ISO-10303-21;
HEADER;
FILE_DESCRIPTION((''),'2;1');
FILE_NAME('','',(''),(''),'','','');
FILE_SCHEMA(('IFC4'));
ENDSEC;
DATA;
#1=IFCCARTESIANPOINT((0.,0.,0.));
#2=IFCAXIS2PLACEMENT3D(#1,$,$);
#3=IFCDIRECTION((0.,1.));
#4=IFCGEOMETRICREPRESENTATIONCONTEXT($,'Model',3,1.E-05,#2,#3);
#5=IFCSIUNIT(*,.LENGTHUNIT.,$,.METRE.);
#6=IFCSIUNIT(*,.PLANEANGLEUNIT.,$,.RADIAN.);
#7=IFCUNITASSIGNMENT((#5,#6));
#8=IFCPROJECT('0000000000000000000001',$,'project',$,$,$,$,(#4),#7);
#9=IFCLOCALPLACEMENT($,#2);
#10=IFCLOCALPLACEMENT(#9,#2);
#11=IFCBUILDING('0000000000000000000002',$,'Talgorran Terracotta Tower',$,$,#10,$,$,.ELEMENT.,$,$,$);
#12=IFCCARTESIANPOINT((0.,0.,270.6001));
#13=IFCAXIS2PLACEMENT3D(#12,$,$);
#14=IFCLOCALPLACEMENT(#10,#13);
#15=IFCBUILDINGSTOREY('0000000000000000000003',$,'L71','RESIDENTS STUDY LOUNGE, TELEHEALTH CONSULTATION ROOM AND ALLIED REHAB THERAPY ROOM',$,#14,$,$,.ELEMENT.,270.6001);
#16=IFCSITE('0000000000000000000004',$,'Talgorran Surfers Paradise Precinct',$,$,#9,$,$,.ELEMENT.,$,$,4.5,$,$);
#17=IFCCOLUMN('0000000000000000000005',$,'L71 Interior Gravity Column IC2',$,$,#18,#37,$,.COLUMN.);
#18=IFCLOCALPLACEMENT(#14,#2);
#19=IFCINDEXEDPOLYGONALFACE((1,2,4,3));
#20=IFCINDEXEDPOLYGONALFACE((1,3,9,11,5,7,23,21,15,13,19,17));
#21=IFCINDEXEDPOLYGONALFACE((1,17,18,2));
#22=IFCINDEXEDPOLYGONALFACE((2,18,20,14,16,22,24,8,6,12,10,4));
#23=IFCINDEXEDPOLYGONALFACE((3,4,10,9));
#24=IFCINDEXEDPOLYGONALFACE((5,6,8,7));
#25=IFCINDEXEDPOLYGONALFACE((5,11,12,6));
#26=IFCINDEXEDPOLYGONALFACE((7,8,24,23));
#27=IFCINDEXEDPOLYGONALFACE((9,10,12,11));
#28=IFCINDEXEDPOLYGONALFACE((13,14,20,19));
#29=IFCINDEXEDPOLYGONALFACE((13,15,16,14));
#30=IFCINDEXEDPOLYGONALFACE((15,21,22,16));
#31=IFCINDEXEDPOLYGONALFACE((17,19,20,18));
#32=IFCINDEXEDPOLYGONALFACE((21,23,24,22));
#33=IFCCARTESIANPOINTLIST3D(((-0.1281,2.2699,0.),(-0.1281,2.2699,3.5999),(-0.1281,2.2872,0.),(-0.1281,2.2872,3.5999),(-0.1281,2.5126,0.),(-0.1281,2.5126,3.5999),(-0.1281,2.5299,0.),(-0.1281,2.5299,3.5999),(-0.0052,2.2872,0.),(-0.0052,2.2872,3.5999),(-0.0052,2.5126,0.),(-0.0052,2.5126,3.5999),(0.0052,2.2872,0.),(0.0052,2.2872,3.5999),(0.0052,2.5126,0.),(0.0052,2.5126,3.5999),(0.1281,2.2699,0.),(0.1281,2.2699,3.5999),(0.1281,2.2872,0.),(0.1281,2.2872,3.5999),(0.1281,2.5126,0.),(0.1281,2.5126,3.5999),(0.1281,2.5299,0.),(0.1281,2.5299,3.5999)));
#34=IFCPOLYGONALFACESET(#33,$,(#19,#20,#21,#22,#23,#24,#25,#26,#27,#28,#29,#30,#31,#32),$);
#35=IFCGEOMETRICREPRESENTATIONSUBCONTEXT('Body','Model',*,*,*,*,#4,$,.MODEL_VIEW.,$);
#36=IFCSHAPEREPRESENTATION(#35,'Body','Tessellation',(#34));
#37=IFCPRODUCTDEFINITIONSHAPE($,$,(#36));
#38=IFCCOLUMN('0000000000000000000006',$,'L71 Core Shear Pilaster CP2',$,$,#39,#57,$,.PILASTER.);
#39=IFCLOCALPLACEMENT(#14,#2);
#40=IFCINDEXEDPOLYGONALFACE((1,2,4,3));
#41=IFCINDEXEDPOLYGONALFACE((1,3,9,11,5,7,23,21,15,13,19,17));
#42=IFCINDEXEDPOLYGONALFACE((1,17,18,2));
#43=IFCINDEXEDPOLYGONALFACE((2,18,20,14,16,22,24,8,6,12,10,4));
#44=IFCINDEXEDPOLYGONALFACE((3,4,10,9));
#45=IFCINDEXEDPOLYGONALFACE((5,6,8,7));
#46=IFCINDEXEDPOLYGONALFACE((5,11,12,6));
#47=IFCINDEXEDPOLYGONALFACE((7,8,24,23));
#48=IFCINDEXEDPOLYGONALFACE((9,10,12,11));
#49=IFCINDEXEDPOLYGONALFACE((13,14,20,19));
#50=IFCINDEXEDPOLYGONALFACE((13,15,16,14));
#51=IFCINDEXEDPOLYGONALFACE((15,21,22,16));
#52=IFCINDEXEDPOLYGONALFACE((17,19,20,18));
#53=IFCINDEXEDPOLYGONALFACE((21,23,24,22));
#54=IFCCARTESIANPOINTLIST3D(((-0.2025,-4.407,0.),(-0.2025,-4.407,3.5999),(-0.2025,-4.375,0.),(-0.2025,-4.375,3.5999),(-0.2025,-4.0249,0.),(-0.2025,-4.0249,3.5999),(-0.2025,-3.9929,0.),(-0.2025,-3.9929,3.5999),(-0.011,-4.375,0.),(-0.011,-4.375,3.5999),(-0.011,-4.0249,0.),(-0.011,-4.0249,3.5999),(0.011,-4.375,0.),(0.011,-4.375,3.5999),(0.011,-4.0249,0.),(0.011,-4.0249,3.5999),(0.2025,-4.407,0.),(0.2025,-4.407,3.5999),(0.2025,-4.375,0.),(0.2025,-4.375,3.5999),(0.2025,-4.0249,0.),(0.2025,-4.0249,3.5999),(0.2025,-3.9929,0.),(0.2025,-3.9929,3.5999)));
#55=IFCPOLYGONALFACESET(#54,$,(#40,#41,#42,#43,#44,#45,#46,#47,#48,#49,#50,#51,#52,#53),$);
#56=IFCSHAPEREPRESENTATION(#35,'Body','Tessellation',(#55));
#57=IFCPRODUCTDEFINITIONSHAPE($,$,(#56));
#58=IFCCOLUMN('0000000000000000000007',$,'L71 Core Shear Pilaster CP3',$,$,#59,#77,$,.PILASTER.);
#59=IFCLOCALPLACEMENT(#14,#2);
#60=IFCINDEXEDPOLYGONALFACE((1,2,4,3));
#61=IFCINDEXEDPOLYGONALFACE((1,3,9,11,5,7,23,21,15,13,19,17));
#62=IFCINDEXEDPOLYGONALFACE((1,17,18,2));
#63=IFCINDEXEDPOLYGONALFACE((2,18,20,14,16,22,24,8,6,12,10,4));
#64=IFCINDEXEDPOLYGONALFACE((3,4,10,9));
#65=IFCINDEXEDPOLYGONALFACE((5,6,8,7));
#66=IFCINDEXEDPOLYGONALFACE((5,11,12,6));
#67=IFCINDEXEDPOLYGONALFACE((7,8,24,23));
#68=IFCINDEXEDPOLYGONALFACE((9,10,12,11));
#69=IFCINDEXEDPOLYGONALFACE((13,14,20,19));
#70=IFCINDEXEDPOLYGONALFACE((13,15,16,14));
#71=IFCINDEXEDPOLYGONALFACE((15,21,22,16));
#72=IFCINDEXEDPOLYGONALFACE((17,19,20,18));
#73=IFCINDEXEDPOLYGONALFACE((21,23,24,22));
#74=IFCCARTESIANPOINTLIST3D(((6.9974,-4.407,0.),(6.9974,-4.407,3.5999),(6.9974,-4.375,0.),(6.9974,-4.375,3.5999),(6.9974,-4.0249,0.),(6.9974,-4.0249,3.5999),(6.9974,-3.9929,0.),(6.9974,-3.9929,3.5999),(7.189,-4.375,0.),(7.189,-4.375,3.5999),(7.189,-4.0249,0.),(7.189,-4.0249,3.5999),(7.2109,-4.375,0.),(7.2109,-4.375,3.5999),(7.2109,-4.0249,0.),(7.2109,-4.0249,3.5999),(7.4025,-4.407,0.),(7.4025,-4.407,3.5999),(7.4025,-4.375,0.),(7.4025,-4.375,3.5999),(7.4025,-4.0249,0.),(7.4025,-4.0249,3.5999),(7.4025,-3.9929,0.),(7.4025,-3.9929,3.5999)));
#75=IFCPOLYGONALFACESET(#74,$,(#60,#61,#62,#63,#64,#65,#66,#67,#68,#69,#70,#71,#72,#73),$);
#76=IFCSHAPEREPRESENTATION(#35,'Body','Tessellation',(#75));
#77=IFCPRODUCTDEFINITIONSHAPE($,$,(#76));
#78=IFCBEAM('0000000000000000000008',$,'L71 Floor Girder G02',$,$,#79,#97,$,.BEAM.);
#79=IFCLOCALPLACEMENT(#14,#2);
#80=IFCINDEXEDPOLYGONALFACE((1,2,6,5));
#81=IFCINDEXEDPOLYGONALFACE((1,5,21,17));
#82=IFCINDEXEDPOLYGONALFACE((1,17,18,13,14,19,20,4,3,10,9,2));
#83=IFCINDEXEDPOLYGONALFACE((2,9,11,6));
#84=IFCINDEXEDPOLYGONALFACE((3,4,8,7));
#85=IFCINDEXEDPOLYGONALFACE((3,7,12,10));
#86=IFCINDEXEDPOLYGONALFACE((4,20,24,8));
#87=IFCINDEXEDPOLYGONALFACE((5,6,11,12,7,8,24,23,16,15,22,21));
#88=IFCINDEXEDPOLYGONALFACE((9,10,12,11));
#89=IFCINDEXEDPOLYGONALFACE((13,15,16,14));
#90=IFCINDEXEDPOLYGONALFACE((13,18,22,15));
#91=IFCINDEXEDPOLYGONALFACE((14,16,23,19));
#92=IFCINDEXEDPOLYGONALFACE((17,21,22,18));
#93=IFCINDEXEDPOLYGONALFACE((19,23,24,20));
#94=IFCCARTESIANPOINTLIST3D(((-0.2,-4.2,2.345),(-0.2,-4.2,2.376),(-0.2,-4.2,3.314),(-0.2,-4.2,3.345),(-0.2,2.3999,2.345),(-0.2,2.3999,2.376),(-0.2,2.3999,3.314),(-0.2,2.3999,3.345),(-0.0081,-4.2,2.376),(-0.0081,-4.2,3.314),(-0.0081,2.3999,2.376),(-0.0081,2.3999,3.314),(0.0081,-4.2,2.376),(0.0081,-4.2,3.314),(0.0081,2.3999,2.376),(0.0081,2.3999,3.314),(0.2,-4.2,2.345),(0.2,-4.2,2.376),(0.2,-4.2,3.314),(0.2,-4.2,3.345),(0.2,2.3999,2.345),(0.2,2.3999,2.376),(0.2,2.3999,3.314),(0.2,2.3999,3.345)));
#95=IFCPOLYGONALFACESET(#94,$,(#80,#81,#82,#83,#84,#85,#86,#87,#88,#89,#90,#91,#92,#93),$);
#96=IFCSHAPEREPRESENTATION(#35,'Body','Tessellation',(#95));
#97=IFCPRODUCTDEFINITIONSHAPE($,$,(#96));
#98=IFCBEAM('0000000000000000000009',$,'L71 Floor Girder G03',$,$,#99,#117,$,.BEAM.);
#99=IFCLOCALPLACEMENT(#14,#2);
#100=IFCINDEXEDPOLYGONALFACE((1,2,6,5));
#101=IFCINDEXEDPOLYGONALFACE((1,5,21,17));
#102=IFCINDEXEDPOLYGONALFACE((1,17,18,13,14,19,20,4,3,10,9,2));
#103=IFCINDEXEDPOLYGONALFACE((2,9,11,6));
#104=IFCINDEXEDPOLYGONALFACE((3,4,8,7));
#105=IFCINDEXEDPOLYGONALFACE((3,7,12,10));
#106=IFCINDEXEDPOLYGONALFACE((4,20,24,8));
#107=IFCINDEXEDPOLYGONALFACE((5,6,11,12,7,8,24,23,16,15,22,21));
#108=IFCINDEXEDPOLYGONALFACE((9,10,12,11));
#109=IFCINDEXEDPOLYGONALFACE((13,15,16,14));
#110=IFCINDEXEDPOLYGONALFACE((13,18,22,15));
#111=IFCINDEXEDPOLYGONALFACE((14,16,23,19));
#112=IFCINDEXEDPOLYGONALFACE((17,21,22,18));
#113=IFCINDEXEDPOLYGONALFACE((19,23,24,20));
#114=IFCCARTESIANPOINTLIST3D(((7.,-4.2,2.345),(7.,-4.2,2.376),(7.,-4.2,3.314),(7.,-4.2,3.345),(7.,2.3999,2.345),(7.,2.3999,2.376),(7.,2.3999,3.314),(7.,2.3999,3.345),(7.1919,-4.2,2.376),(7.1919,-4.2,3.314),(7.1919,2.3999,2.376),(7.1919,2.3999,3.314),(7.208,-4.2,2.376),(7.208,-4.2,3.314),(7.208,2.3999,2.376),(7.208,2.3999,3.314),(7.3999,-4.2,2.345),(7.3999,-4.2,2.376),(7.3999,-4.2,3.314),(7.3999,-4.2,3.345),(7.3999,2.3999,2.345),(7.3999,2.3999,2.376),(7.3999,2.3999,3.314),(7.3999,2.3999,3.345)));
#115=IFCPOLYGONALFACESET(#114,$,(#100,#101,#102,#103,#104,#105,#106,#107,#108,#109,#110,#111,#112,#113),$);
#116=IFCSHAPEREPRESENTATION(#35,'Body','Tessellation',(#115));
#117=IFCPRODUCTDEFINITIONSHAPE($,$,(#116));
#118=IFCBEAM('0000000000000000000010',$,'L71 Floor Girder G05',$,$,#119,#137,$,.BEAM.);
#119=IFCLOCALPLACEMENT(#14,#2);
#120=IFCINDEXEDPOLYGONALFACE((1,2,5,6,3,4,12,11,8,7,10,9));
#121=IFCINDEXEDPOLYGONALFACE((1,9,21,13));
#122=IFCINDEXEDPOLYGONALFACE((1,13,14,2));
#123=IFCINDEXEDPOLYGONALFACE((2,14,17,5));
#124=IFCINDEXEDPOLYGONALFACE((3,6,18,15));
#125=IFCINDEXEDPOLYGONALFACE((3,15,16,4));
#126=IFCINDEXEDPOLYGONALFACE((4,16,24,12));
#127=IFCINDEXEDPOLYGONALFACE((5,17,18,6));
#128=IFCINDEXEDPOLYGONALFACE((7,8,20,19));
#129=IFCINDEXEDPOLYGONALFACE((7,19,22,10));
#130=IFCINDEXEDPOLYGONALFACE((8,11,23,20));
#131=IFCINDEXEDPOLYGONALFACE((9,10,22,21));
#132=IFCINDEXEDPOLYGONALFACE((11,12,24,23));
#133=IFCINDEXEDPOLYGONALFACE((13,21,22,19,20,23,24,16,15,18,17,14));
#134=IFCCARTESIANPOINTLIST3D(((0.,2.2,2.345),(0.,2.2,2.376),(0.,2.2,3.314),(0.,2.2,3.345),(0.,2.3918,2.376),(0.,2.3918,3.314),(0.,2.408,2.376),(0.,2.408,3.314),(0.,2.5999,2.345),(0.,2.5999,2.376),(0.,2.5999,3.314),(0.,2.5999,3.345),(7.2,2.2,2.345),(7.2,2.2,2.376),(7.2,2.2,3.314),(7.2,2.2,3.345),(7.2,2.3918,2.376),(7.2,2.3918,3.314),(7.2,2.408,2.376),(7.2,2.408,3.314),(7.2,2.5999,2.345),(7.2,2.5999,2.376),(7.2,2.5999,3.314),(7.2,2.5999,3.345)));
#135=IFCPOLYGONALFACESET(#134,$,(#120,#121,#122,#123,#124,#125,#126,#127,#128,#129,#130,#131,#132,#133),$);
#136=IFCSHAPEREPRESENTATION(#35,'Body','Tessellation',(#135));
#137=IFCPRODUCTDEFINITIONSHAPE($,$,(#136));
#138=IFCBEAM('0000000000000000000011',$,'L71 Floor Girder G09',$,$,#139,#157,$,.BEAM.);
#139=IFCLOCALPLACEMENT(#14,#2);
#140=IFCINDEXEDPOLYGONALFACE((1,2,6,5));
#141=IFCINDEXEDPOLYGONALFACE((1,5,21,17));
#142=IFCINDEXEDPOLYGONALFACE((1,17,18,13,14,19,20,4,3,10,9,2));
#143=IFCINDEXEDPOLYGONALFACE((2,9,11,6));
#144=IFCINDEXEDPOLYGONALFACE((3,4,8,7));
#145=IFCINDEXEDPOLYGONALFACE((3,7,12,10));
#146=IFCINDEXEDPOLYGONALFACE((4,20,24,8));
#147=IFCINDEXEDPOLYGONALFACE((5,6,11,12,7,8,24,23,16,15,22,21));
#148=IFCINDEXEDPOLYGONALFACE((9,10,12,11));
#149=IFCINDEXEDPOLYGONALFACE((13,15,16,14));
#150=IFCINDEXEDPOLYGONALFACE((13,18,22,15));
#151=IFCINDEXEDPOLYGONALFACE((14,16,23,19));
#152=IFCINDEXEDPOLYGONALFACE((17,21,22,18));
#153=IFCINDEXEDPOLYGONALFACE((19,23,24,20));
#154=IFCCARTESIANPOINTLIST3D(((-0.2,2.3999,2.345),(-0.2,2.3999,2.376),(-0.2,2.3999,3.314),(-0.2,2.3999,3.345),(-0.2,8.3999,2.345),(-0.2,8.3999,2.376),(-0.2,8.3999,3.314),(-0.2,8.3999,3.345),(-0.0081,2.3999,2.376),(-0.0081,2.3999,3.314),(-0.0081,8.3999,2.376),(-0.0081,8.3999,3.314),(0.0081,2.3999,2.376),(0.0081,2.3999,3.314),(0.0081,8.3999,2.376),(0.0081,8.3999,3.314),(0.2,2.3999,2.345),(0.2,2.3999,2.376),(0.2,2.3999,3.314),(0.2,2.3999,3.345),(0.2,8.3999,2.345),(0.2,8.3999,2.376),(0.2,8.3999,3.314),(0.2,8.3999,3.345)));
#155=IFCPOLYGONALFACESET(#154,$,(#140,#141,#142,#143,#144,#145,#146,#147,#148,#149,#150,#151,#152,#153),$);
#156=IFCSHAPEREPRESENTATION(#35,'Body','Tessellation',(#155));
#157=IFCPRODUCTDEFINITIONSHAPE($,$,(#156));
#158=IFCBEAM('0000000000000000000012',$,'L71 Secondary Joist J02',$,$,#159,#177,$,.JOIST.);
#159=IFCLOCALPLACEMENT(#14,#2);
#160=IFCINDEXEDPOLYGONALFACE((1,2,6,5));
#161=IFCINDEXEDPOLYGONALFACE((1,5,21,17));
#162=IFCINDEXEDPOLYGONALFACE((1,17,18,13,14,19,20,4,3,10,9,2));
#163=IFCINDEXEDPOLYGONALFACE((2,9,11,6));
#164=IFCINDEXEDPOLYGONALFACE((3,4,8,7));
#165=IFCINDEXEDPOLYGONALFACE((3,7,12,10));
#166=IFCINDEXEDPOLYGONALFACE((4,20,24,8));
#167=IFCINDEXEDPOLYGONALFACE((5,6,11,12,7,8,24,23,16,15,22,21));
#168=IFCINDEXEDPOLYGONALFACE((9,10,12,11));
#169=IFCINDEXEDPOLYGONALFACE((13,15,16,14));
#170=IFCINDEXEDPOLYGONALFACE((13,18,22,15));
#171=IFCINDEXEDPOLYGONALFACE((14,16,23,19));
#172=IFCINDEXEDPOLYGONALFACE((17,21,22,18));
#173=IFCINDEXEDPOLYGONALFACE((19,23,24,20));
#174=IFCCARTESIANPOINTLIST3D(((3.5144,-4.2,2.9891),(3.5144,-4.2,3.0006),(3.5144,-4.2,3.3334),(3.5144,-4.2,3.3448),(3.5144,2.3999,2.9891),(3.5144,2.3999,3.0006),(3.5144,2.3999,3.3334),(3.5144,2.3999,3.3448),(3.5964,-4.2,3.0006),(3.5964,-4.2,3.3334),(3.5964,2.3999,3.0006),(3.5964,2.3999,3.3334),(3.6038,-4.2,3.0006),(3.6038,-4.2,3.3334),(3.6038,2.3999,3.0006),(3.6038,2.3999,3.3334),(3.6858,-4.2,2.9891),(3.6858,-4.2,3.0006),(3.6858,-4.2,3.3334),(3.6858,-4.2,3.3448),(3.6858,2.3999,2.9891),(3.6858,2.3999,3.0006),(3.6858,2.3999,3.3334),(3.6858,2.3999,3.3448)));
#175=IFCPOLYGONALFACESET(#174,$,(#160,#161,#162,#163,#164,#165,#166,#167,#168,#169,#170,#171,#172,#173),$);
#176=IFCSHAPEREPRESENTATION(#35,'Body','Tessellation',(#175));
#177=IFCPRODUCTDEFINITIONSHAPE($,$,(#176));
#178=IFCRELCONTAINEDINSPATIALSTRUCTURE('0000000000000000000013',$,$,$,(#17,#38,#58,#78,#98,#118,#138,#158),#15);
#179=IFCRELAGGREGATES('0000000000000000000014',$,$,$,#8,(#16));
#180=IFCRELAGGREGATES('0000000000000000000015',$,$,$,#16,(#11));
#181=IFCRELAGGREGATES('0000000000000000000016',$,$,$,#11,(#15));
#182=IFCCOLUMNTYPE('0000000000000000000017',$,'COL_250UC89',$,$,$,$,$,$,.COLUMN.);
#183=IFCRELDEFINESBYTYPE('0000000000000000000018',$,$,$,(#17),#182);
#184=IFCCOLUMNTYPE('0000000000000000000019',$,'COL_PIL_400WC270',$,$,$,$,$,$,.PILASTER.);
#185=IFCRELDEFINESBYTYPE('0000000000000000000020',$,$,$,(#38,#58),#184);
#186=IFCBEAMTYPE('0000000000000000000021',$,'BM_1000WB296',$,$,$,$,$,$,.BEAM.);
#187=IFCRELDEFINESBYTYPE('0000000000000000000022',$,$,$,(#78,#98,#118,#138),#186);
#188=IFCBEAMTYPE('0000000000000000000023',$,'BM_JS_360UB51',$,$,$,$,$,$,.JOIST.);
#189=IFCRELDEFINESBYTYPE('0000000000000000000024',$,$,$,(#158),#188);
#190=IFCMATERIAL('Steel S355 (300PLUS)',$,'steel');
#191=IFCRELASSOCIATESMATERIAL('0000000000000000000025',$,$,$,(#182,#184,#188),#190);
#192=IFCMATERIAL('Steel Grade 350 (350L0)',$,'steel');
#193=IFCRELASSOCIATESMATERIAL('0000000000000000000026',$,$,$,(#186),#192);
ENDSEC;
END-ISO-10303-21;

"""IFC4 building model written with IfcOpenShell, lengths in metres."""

from ifc_helpers import new_model, si_unit, direction, frame, origin, origin_2d, place, context, subcontext, project, spatial, i_section, extrude, material, material_profile, profile_set, type_object, element, save


model = new_model("IFC4")

# Units and contexts
model_context = context("Model", 3, precision=1e-05, world=origin(), true_north=direction((0.0, 1.0)))
body_context = subcontext(model_context, "Body", "Model", "MODEL_VIEW")
ifc_project = project(units=[si_unit("LENGTHUNIT", "METRE"), si_unit("PLANEANGLEUNIT", "RADIAN")], contexts=[model_context])

# Site, building, storey
site_placement = place(None, origin())
site = spatial("IfcSite", under=ifc_project, at=site_placement, Name="Talgorran Surfers Paradise Precinct", CompositionType="ELEMENT", RefElevation=4.5)
building_placement = place(site_placement, origin())
building = spatial("IfcBuilding", under=site, at=building_placement, Name="Talgorran Terracotta Tower", CompositionType="ELEMENT")
storey_placement = place(building_placement, frame((0.0, 0.0, 270.6001)))
storey = spatial("IfcBuildingStorey", under=building, at=storey_placement, Name="L71", Description="RESIDENTS STUDY LOUNGE, TELEHEALTH CONSULTATION ROOM AND ALLIED REHAB THERAPY ROOM", CompositionType="ELEMENT", Elevation=270.6001)

# Columns
ifc_material_1 = material(Name="Steel S355 (300PLUS)", Category="steel")
ifc_material_profile_1 = material_profile(ifc_material_1, i_section(OverallWidth=0.2561, OverallDepth=0.26, WebThickness=0.0105, FlangeThickness=0.0173, at=origin_2d()), Name="250UC89.5")
ifc_profile_set_1 = profile_set([ifc_material_profile_1], Name="Steel S355 (300PLUS)")
column_type_1 = type_object("IfcColumnType", Name="COL_250UC89", PredefinedType="COLUMN", material=ifc_profile_set_1)
column_placement = place(storey_placement, frame((0.0, 2.3999, 0.0), z_axis=(0.0, 0.0, 1.0), x_axis=(1.0, 0.0, 0.0)))
element("IfcColumn", 1, at=column_placement, inside=storey, type_object=column_type_1, Name="L71 Interior Gravity Column IC2", PredefinedType="COLUMN", context=body_context, shape_type="SweptSolid", body=[
    extrude(i_section(OverallWidth=0.2561, OverallDepth=0.26, WebThickness=0.0105, FlangeThickness=0.0173, at=origin_2d()), origin(), (0.0, 0.0, 1.0), 3.5999),
])
ifc_material_profile_2 = material_profile(ifc_material_1, i_section(OverallWidth=0.405, OverallDepth=0.4141, WebThickness=0.022, FlangeThickness=0.032, at=origin_2d()), Name="400WC270")
ifc_profile_set_2 = profile_set([ifc_material_profile_2], Name="Steel S355 (300PLUS)")
column_type_2 = type_object("IfcColumnType", Name="COL_PIL_400WC270", PredefinedType="PILASTER", material=ifc_profile_set_2)
for number, where, z_axis, x_axis, name in (
    (2, (0.0, -4.2, 0.0), (0.0, 0.0, 1.0), (1.0, 0.0, 0.0), "L71 Core Shear Pilaster CP2"),
    (3, (7.2, -4.2, 0.0), (0.0, 0.0, 1.0), (1.0, 0.0, 0.0), "L71 Core Shear Pilaster CP3"),
):
    element("IfcColumn", number, at=place(storey_placement, frame(where, z_axis=z_axis, x_axis=x_axis)), inside=storey, type_object=column_type_2, Name=name, PredefinedType="PILASTER", context=body_context, shape_type="SweptSolid", body=[
        extrude(i_section(OverallWidth=0.405, OverallDepth=0.4141, WebThickness=0.022, FlangeThickness=0.032, at=origin_2d()), origin(), (0.0, 0.0, 1.0), 3.5999),
    ])

# Beams
ifc_material_2 = material(Name="Steel Grade 350 (350L0)", Category="steel")
ifc_material_profile_3 = material_profile(ifc_material_2, i_section(OverallWidth=0.3999, OverallDepth=1.0, WebThickness=0.0161, FlangeThickness=0.031, at=origin_2d()), Name="1000WB296")
ifc_profile_set_3 = profile_set([ifc_material_profile_3], Name="Steel Grade 350 (350L0)")
beam_type_1 = type_object("IfcBeamType", Name="BM_1000WB296", PredefinedType="BEAM", material=ifc_profile_set_3)
for number, where, z_axis, x_axis, name in (
    (4, (0.0, -4.2, 2.845), (0.0, 1.0, 0.0), (-1.0, 0.0, 0.0), "L71 Floor Girder G02"),
    (5, (7.2, -4.2, 2.845), (0.0, 1.0, 0.0), (-1.0, 0.0, 0.0), "L71 Floor Girder G03"),
):
    element("IfcBeam", number, at=place(storey_placement, frame(where, z_axis=z_axis, x_axis=x_axis)), inside=storey, type_object=beam_type_1, Name=name, PredefinedType="BEAM", context=body_context, shape_type="SweptSolid", body=[
        extrude(i_section(OverallWidth=0.3999, OverallDepth=1.0, WebThickness=0.0161, FlangeThickness=0.031, at=origin_2d()), origin(), (0.0, 0.0, 1.0), 6.5999),
    ])
beam_1_placement = place(storey_placement, frame((0.0, 2.3999, 2.845), z_axis=(1.0, 0.0, 0.0), x_axis=(0.0, 1.0, 0.0)))
element("IfcBeam", 6, at=beam_1_placement, inside=storey, type_object=beam_type_1, Name="L71 Floor Girder G05", PredefinedType="BEAM", context=body_context, shape_type="SweptSolid", body=[
    extrude(i_section(OverallWidth=0.3999, OverallDepth=1.0, WebThickness=0.0161, FlangeThickness=0.031, at=origin_2d()), origin(), (0.0, 0.0, 1.0), 7.2),
])
beam_2_placement = place(storey_placement, frame((0.0, 2.3999, 2.845), z_axis=(0.0, 1.0, 0.0), x_axis=(-1.0, 0.0, 0.0)))
element("IfcBeam", 7, at=beam_2_placement, inside=storey, type_object=beam_type_1, Name="L71 Floor Girder G09", PredefinedType="BEAM", context=body_context, shape_type="SweptSolid", body=[
    extrude(i_section(OverallWidth=0.3999, OverallDepth=1.0, WebThickness=0.0161, FlangeThickness=0.031, at=origin_2d()), origin(), (0.0, 0.0, 1.0), 6.0),
])
ifc_material_profile_4 = material_profile(ifc_material_1, i_section(OverallWidth=0.1714, OverallDepth=0.3557, WebThickness=0.0073, FlangeThickness=0.0115, at=origin_2d()), Name="360UB50.7")
ifc_profile_set_4 = profile_set([ifc_material_profile_4], Name="Steel S355 (300PLUS)")
beam_type_2 = type_object("IfcBeamType", Name="BM_JS_360UB51", PredefinedType="JOIST", material=ifc_profile_set_4)
beam_3_placement = place(storey_placement, frame((3.6001, -4.2, 3.167), z_axis=(0.0, 1.0, 0.0), x_axis=(-1.0, 0.0, 0.0)))
element("IfcBeam", 8, at=beam_3_placement, inside=storey, type_object=beam_type_2, Name="L71 Secondary Joist J02", PredefinedType="JOIST", context=body_context, shape_type="SweptSolid", body=[
    extrude(i_section(OverallWidth=0.1714, OverallDepth=0.3557, WebThickness=0.0073, FlangeThickness=0.0115, at=origin_2d()), origin(), (0.0, 0.0, 1.0), 6.5999),
])

save(model, "model.ifc")
